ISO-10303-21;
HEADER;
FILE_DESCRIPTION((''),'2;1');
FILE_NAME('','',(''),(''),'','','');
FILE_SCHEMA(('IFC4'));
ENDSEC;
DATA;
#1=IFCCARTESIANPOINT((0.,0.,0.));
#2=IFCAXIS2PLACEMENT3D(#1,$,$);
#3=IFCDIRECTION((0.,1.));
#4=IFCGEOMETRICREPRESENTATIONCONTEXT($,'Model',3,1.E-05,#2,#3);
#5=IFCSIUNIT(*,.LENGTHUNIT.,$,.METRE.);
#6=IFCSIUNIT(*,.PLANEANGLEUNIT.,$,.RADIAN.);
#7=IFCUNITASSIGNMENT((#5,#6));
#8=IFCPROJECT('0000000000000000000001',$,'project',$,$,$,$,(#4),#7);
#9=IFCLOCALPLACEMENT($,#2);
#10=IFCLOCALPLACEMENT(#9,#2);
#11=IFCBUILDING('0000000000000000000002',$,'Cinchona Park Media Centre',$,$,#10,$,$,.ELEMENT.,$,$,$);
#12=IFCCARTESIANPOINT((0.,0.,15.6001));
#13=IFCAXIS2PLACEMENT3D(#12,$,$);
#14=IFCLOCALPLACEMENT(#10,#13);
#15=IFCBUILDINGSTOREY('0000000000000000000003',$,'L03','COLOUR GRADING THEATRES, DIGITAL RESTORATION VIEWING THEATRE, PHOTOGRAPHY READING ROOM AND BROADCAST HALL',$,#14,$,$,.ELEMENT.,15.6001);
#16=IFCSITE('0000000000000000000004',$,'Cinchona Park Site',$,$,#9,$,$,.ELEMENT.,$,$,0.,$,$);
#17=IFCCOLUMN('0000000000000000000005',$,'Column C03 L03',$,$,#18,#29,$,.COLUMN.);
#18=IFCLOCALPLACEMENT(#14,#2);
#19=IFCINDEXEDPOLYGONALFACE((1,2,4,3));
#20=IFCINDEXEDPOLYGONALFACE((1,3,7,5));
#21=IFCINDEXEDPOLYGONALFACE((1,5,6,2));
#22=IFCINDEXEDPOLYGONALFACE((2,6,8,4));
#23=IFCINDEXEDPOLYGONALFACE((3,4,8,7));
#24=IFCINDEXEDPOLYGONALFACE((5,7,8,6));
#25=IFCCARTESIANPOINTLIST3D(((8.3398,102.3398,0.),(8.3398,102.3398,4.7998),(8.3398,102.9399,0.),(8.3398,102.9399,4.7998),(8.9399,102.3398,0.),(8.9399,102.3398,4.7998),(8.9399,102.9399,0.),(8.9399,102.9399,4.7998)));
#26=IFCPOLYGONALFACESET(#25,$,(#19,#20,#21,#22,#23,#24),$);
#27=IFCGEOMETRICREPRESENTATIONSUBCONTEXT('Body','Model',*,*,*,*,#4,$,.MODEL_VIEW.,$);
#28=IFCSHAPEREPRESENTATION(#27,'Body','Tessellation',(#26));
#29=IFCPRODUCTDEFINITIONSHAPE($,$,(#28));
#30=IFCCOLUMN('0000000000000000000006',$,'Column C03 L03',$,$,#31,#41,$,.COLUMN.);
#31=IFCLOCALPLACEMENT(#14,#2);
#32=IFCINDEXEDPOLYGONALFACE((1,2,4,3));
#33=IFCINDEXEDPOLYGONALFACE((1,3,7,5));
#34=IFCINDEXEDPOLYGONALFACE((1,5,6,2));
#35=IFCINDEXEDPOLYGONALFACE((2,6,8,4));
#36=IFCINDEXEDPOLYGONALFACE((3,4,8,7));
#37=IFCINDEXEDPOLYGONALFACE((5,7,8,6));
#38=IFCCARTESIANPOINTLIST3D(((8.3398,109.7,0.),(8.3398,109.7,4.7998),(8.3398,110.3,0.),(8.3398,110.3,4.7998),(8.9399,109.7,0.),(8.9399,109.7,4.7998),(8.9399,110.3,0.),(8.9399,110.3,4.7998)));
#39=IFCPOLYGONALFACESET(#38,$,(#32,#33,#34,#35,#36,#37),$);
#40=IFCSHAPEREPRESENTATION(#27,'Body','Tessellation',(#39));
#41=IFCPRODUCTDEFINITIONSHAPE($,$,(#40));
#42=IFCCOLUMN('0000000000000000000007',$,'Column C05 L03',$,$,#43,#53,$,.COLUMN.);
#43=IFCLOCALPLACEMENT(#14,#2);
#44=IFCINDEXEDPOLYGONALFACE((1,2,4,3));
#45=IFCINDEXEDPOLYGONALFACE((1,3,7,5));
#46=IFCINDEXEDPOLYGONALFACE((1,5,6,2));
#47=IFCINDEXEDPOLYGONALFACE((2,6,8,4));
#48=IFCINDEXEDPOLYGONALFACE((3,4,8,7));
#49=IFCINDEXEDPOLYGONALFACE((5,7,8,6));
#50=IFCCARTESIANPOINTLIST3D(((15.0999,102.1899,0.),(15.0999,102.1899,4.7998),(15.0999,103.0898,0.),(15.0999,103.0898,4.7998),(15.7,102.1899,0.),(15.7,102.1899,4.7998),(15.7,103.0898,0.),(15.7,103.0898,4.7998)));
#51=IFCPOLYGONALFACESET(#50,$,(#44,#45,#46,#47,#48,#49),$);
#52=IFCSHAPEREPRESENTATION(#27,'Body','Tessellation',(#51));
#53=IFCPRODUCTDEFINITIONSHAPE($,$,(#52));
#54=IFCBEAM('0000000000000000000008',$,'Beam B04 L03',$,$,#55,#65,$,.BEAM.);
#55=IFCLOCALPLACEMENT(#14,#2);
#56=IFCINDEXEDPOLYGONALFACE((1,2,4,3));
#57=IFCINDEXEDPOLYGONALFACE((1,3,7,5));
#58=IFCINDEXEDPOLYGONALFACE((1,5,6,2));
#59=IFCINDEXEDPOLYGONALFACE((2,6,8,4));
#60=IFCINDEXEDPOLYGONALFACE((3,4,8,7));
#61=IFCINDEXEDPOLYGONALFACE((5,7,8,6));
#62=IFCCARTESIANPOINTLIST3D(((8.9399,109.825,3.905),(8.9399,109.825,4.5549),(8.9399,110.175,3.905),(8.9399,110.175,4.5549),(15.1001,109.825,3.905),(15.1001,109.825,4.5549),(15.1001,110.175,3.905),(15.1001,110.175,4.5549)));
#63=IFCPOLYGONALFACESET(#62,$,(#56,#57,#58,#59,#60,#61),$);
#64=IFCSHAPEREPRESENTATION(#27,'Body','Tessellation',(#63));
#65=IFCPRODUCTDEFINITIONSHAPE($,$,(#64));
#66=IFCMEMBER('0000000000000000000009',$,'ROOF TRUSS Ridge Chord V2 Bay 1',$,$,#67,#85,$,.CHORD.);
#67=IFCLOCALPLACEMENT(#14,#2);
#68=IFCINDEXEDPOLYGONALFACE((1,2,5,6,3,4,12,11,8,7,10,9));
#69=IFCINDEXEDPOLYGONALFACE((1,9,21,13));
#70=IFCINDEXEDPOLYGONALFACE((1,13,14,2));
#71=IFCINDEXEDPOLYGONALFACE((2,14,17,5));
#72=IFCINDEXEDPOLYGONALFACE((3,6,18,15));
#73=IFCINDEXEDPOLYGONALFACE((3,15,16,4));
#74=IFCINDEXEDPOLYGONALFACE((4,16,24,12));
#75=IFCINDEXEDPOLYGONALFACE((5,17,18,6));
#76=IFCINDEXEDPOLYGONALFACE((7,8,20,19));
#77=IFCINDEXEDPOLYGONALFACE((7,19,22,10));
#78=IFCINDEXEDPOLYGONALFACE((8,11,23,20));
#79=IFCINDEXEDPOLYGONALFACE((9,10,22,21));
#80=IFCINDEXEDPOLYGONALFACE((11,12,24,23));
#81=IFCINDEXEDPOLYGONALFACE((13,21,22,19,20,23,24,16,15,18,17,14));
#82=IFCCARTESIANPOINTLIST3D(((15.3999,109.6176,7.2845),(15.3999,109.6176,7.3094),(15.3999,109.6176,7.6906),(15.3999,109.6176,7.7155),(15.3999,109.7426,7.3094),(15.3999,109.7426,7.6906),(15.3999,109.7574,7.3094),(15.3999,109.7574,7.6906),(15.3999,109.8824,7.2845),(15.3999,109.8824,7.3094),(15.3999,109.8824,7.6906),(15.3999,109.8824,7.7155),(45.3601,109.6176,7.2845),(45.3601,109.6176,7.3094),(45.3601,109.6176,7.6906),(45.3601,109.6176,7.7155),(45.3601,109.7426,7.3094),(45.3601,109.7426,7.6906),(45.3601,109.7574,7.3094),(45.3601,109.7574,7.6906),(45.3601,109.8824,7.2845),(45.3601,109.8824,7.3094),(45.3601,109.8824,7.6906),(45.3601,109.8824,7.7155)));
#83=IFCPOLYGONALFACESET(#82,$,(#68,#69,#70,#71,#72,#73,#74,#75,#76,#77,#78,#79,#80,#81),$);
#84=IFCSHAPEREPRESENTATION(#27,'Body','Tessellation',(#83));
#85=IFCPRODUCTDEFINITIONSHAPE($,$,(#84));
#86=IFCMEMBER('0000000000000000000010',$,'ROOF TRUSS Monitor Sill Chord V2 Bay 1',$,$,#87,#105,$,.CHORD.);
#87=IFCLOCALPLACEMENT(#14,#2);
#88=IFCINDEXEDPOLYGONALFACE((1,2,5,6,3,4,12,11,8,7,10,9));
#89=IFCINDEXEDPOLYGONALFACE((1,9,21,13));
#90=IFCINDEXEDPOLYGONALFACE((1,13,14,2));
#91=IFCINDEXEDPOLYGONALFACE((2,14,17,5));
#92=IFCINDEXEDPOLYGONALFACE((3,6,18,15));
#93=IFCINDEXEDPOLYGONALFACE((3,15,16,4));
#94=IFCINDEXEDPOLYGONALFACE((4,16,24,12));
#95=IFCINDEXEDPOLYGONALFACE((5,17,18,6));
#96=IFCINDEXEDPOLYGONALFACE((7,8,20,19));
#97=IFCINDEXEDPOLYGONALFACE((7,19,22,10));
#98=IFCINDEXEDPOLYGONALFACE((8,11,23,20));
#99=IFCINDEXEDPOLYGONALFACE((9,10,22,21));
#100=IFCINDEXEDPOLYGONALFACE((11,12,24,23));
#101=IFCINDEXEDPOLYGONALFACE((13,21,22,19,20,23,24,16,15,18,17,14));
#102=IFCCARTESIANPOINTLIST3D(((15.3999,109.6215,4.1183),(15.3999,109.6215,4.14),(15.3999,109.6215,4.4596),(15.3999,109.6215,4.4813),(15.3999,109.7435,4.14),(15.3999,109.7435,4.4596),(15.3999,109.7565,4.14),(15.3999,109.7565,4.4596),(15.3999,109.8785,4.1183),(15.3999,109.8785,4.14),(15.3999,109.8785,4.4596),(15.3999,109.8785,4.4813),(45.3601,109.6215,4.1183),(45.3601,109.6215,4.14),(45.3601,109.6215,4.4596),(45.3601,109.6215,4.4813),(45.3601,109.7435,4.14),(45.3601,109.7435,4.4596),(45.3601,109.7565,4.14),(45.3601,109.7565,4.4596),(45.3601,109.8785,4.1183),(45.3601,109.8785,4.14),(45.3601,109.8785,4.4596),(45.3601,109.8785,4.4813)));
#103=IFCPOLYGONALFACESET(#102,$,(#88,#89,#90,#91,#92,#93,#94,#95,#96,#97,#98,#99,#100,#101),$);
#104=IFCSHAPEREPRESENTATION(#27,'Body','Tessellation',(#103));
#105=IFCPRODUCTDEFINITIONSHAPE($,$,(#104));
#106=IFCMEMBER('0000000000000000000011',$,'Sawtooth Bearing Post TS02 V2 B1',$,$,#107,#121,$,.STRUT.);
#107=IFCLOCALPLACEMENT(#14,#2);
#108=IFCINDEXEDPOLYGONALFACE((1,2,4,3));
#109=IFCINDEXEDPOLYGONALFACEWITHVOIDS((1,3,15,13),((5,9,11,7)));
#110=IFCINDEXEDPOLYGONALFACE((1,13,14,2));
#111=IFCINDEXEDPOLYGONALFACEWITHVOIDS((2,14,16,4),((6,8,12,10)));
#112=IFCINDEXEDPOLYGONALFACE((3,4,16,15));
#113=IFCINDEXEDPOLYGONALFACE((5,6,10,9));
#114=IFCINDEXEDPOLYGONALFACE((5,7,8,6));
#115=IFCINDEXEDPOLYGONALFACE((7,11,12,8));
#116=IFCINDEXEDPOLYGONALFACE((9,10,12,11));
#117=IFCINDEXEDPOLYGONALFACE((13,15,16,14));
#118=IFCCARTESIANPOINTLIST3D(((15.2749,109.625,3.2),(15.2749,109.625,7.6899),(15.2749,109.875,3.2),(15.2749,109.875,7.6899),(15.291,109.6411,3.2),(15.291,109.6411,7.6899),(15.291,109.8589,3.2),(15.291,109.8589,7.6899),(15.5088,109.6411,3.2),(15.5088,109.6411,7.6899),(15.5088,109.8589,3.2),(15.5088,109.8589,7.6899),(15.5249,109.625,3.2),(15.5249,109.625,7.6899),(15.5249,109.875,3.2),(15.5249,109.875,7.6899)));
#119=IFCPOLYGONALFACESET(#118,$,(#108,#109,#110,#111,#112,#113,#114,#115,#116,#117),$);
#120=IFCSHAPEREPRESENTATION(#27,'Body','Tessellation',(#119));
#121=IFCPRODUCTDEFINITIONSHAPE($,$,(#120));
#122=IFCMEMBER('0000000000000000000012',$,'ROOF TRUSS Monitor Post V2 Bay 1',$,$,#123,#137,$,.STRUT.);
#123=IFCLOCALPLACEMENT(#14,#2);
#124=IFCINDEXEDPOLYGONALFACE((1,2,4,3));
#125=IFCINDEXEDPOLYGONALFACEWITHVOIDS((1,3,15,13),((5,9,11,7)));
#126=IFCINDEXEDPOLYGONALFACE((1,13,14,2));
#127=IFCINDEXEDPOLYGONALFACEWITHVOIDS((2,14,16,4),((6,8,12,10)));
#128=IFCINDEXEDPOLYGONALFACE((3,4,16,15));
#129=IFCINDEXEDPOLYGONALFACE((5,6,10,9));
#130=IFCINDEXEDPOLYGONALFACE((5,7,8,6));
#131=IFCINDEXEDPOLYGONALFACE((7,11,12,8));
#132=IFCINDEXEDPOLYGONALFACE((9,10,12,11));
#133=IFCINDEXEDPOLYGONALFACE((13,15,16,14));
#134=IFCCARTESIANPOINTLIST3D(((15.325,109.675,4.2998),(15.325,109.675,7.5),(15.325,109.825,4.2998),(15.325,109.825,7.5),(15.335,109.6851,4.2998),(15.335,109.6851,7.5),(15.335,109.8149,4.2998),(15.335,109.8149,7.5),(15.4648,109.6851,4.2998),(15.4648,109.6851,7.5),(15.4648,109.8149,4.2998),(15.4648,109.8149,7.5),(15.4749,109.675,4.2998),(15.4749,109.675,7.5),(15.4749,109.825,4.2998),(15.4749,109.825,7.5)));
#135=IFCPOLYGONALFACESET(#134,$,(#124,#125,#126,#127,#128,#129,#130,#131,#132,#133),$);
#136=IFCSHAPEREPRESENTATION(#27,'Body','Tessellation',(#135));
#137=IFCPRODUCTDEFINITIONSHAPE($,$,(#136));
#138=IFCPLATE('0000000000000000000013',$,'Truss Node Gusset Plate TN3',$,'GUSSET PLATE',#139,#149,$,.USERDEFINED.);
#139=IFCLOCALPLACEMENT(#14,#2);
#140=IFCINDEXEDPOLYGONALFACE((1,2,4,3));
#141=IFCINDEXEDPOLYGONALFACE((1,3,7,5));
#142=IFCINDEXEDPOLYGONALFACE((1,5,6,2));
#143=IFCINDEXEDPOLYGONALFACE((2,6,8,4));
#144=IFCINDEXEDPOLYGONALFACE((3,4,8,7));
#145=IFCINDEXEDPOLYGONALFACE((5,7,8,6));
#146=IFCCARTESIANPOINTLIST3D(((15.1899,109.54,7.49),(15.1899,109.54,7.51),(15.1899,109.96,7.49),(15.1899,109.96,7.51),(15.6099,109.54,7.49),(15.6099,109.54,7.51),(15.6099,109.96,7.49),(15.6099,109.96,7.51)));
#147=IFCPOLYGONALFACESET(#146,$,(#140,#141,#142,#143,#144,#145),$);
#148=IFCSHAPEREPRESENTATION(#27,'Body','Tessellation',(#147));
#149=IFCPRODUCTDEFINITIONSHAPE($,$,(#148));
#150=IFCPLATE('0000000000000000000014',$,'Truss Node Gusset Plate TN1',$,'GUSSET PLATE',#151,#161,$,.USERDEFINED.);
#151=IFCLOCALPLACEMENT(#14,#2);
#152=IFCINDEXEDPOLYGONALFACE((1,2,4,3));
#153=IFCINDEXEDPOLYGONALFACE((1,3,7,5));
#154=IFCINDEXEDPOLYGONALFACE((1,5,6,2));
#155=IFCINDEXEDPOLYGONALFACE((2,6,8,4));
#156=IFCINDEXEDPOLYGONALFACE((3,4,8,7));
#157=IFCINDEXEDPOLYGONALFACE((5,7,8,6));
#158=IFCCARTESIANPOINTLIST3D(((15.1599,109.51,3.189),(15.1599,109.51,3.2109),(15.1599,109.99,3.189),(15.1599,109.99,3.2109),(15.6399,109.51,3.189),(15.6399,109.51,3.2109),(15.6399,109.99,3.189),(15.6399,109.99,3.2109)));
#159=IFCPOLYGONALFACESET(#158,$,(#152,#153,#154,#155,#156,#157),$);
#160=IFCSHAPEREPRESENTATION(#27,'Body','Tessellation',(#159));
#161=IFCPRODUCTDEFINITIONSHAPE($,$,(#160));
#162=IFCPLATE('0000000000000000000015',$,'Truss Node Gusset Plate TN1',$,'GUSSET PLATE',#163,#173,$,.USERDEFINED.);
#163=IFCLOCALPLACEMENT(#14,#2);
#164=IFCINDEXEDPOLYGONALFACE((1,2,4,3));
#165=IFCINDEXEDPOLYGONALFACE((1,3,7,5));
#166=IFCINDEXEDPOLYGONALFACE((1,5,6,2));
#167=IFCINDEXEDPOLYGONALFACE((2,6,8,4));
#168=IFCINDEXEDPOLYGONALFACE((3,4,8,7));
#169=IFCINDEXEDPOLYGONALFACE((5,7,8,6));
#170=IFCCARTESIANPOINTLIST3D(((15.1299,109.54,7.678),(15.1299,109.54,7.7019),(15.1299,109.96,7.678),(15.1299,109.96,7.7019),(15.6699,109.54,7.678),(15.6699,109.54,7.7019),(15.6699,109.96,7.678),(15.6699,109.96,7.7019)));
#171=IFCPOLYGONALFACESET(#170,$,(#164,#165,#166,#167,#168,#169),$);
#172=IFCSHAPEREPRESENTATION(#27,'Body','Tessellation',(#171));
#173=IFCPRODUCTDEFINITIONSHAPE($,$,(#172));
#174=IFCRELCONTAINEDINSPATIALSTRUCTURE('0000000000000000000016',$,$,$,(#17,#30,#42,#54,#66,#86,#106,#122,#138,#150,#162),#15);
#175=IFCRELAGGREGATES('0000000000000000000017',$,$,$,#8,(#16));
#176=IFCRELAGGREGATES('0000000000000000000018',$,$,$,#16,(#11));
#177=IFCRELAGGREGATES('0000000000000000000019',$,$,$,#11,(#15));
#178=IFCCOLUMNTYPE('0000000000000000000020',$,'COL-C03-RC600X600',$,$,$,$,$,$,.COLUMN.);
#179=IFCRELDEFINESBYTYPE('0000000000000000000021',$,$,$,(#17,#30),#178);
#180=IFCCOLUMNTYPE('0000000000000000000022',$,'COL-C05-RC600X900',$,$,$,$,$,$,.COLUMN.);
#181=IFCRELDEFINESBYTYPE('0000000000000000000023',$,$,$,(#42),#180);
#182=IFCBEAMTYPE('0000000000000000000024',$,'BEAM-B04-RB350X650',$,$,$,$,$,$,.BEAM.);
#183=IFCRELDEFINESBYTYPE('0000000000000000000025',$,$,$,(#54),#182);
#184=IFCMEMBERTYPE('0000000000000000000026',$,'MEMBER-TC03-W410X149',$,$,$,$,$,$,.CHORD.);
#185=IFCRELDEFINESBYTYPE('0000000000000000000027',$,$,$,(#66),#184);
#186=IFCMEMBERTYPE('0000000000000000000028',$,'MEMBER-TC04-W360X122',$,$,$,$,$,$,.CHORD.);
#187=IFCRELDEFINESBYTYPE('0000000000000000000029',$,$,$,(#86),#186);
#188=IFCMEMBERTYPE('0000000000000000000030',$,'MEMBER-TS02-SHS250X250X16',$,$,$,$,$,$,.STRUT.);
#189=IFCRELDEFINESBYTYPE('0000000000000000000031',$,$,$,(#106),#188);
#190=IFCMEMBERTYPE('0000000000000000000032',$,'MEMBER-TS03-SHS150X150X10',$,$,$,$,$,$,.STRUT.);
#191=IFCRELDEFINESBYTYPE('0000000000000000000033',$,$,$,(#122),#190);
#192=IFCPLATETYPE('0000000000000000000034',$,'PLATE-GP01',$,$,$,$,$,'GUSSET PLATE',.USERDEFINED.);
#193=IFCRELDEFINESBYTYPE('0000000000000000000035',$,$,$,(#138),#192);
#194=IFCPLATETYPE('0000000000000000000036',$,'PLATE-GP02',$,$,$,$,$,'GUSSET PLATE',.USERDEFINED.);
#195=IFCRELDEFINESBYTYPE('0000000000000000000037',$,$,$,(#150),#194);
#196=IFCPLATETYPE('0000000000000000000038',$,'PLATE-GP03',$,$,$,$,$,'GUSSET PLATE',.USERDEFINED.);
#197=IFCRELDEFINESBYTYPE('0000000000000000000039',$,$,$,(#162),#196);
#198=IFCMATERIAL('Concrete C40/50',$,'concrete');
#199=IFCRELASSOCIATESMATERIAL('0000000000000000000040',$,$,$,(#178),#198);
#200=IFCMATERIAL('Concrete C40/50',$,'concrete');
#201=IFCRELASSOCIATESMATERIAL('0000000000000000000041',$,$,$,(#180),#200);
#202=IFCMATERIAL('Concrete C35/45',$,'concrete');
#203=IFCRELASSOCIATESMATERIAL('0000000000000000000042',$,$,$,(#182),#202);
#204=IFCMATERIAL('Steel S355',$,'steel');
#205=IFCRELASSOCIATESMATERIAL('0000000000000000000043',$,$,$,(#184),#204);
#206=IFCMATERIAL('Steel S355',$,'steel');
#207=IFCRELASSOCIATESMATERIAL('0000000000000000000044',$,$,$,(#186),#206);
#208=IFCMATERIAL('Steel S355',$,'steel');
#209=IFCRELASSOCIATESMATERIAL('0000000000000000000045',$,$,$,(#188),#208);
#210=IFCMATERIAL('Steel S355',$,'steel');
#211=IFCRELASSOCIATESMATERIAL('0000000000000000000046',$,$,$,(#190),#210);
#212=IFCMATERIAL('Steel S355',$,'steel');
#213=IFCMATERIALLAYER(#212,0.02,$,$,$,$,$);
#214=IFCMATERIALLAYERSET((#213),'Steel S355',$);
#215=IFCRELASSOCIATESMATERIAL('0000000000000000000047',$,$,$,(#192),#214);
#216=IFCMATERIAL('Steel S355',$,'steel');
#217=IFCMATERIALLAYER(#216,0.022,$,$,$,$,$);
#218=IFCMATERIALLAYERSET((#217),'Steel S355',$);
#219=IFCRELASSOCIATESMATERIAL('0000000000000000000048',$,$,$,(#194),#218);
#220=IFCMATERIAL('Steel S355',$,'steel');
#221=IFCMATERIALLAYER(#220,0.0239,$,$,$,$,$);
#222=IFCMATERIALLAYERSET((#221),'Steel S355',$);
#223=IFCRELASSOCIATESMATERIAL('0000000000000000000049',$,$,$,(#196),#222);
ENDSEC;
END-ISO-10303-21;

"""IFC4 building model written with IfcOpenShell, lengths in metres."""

from ifc_helpers import new_model, si_unit, direction, frame, origin, origin_2d, place, context, subcontext, project, spatial, rectangle, hollow_rectangle, i_section, extrude, material, layer, layer_set, material_profile, profile_set, type_object, element, save


model = new_model("IFC4")

# Units and contexts
model_context = context("Model", 3, precision=1e-05, world=origin(), true_north=direction((0.0, 1.0)))
body_context = subcontext(model_context, "Body", "Model", "MODEL_VIEW")
ifc_project = project(units=[si_unit("LENGTHUNIT", "METRE"), si_unit("PLANEANGLEUNIT", "RADIAN")], contexts=[model_context])

# Site, building, storey
site_placement = place(None, origin())
site = spatial("IfcSite", under=ifc_project, at=site_placement, Name="Cinchona Park Site", CompositionType="ELEMENT", RefElevation=0.0)
building_placement = place(site_placement, origin())
building = spatial("IfcBuilding", under=site, at=building_placement, Name="Cinchona Park Media Centre", CompositionType="ELEMENT")
storey_placement = place(building_placement, frame((0.0, 0.0, 15.6001)))
storey = spatial("IfcBuildingStorey", under=building, at=storey_placement, Name="L03", Description="COLOUR GRADING THEATRES, DIGITAL RESTORATION VIEWING THEATRE, PHOTOGRAPHY READING ROOM AND BROADCAST HALL", CompositionType="ELEMENT", Elevation=15.6001)

# Columns
ifc_material_1 = material(Name="Concrete C40/50", Category="concrete")
ifc_material_profile_1 = material_profile(ifc_material_1, rectangle(XDim=0.6001, YDim=0.6001, at=origin_2d()), Name="RC 600X600")
ifc_profile_set_1 = profile_set([ifc_material_profile_1], Name="Concrete C40/50")
column_type_1 = type_object("IfcColumnType", Name="COL-C03-RC600X600", PredefinedType="COLUMN", material=ifc_profile_set_1)
for number, where, z_axis, x_axis, name in (
    (1, (8.6399, 102.6399, 0.0), (0.0, 0.0, 1.0), (1.0, 0.0, 0.0), "Column C03 L03"),
    (2, (8.6399, 110.0, 0.0), (0.0, 0.0, 1.0), (1.0, 0.0, 0.0), "Column C03 L03"),
):
    element("IfcColumn", number, at=place(storey_placement, frame(where, z_axis=z_axis, x_axis=x_axis)), inside=storey, type_object=column_type_1, Name=name, PredefinedType="COLUMN", context=body_context, shape_type="SweptSolid", body=[
        extrude(rectangle(XDim=0.6001, YDim=0.6001, at=origin_2d()), origin(), (0.0, 0.0, 1.0), 4.7998),
    ])
ifc_material_2 = material(Name="Concrete C40/50", Category="concrete")
ifc_material_profile_2 = material_profile(ifc_material_2, rectangle(XDim=0.6001, YDim=0.8999, at=origin_2d()), Name="RC 600X900")
ifc_profile_set_2 = profile_set([ifc_material_profile_2], Name="Concrete C40/50")
column_type_2 = type_object("IfcColumnType", Name="COL-C05-RC600X900", PredefinedType="COLUMN", material=ifc_profile_set_2)
column_placement = place(storey_placement, frame((15.3999, 102.6399, 0.0), z_axis=(0.0, 0.0, 1.0), x_axis=(1.0, 0.0, 0.0)))
element("IfcColumn", 3, at=column_placement, inside=storey, type_object=column_type_2, Name="Column C05 L03", PredefinedType="COLUMN", context=body_context, shape_type="SweptSolid", body=[
    extrude(rectangle(XDim=0.6001, YDim=0.8999, at=origin_2d()), origin(), (0.0, 0.0, 1.0), 4.7998),
])

# Beam
ifc_material_3 = material(Name="Concrete C35/45", Category="concrete")
ifc_material_profile_3 = material_profile(ifc_material_3, rectangle(XDim=0.3501, YDim=0.6499, at=origin_2d()), Name="RB 350X650")
ifc_profile_set_3 = profile_set([ifc_material_profile_3], Name="Concrete C35/45")
beam_type = type_object("IfcBeamType", Name="BEAM-B04-RB350X650", PredefinedType="BEAM", material=ifc_profile_set_3)
beam_placement = place(storey_placement, frame((8.9399, 110.0, 4.23), z_axis=(1.0, 0.0, 0.0), x_axis=(0.0, 1.0, 0.0)))
element("IfcBeam", 4, at=beam_placement, inside=storey, type_object=beam_type, Name="Beam B04 L03", PredefinedType="BEAM", context=body_context, shape_type="SweptSolid", body=[
    extrude(rectangle(XDim=0.3501, YDim=0.6499, at=origin_2d()), origin(), (0.0, 0.0, 1.0), 6.1602),
])

# Members
ifc_material_4 = material(Name="Steel S355", Category="steel")
ifc_material_profile_4 = material_profile(ifc_material_4, i_section(OverallWidth=0.2649, OverallDepth=0.4309, WebThickness=0.0149, FlangeThickness=0.0249, at=origin_2d()), Name="W410X149")
ifc_profile_set_4 = profile_set([ifc_material_profile_4], Name="Steel S355")
member_type_1 = type_object("IfcMemberType", Name="MEMBER-TC03-W410X149", PredefinedType="CHORD", material=ifc_profile_set_4)
member_1_placement = place(storey_placement, frame((15.3999, 109.75, 7.5), z_axis=(1.0, 0.0, 0.0), x_axis=(0.0, 1.0, 0.0)))
element("IfcMember", 5, at=member_1_placement, inside=storey, type_object=member_type_1, Name="ROOF TRUSS Ridge Chord V2 Bay 1", PredefinedType="CHORD", context=body_context, shape_type="SweptSolid", body=[
    extrude(i_section(OverallWidth=0.2649, OverallDepth=0.4309, WebThickness=0.0149, FlangeThickness=0.0249, at=origin_2d()), origin(), (0.0, 0.0, 1.0), 29.9602),
])
ifc_material_5 = material(Name="Steel S355", Category="steel")
ifc_material_profile_5 = material_profile(ifc_material_5, i_section(OverallWidth=0.2571, OverallDepth=0.363, WebThickness=0.0129, FlangeThickness=0.0217, at=origin_2d()), Name="W360X122")
ifc_profile_set_5 = profile_set([ifc_material_profile_5], Name="Steel S355")
member_type_2 = type_object("IfcMemberType", Name="MEMBER-TC04-W360X122", PredefinedType="CHORD", material=ifc_profile_set_5)
member_2_placement = place(storey_placement, frame((15.3999, 109.75, 4.2998), z_axis=(1.0, 0.0, 0.0), x_axis=(0.0, 1.0, 0.0)))
element("IfcMember", 6, at=member_2_placement, inside=storey, type_object=member_type_2, Name="ROOF TRUSS Monitor Sill Chord V2 Bay 1", PredefinedType="CHORD", context=body_context, shape_type="SweptSolid", body=[
    extrude(i_section(OverallWidth=0.2571, OverallDepth=0.363, WebThickness=0.0129, FlangeThickness=0.0217, at=origin_2d()), origin(), (0.0, 0.0, 1.0), 29.9602),
])
ifc_material_6 = material(Name="Steel S355", Category="steel")
ifc_material_profile_6 = material_profile(ifc_material_6, hollow_rectangle(XDim=0.25, YDim=0.25, WallThickness=0.0161, at=origin_2d()), Name="250X250X16SHS")
ifc_profile_set_6 = profile_set([ifc_material_profile_6], Name="Steel S355")
member_type_3 = type_object("IfcMemberType", Name="MEMBER-TS02-SHS250X250X16", PredefinedType="STRUT", material=ifc_profile_set_6)
member_3_placement = place(storey_placement, frame((15.3999, 109.75, 3.2), z_axis=(0.0, 0.0, 1.0), x_axis=(1.0, 0.0, 0.0)))
element("IfcMember", 7, at=member_3_placement, inside=storey, type_object=member_type_3, Name="Sawtooth Bearing Post TS02 V2 B1", PredefinedType="STRUT", context=body_context, shape_type="SweptSolid", body=[
    extrude(hollow_rectangle(XDim=0.25, YDim=0.25, WallThickness=0.0161, at=origin_2d()), origin(), (0.0, 0.0, 1.0), 4.49),
])
ifc_material_7 = material(Name="Steel S355", Category="steel")
ifc_material_profile_7 = material_profile(ifc_material_7, hollow_rectangle(XDim=0.1499, YDim=0.1499, WallThickness=0.01, at=origin_2d()), Name="150X150X10SHS")
ifc_profile_set_7 = profile_set([ifc_material_profile_7], Name="Steel S355")
member_type_4 = type_object("IfcMemberType", Name="MEMBER-TS03-SHS150X150X10", PredefinedType="STRUT", material=ifc_profile_set_7)
member_4_placement = place(storey_placement, frame((15.3999, 109.75, 4.2998), z_axis=(0.0, 0.0, 1.0), x_axis=(1.0, 0.0, 0.0)))
element("IfcMember", 8, at=member_4_placement, inside=storey, type_object=member_type_4, Name="ROOF TRUSS Monitor Post V2 Bay 1", PredefinedType="STRUT", context=body_context, shape_type="SweptSolid", body=[
    extrude(hollow_rectangle(XDim=0.1499, YDim=0.1499, WallThickness=0.01, at=origin_2d()), origin(), (0.0, 0.0, 1.0), 3.2002),
])

# Plates
ifc_material_8 = material(Name="Steel S355", Category="steel")
ifc_layer_1 = layer(ifc_material_8, 0.02)
ifc_layer_set_1 = layer_set([ifc_layer_1], Name="Steel S355")
plate_type_1 = type_object("IfcPlateType", Name="PLATE-GP01", ElementType="GUSSET PLATE", PredefinedType="USERDEFINED", material=ifc_layer_set_1)
plate_1_placement = place(storey_placement, frame((15.3999, 109.75, 7.49), z_axis=(0.0, 0.0, 1.0), x_axis=(1.0, 0.0, 0.0)))
element("IfcPlate", 9, at=plate_1_placement, inside=storey, type_object=plate_type_1, Name="Truss Node Gusset Plate TN3", ObjectType="GUSSET PLATE", PredefinedType="USERDEFINED", context=body_context, shape_type="SweptSolid", body=[
    extrude(rectangle(XDim=0.4199, YDim=0.4199, at=origin_2d()), origin(), (0.0, 0.0, 1.0), 0.02),
])
ifc_material_9 = material(Name="Steel S355", Category="steel")
ifc_layer_2 = layer(ifc_material_9, 0.022)
ifc_layer_set_2 = layer_set([ifc_layer_2], Name="Steel S355")
plate_type_2 = type_object("IfcPlateType", Name="PLATE-GP02", ElementType="GUSSET PLATE", PredefinedType="USERDEFINED", material=ifc_layer_set_2)
plate_2_placement = place(storey_placement, frame((15.3999, 109.75, 3.189), z_axis=(0.0, 0.0, 1.0), x_axis=(1.0, 0.0, 0.0)))
element("IfcPlate", 10, at=plate_2_placement, inside=storey, type_object=plate_type_2, Name="Truss Node Gusset Plate TN1", ObjectType="GUSSET PLATE", PredefinedType="USERDEFINED", context=body_context, shape_type="SweptSolid", body=[
    extrude(rectangle(XDim=0.48, YDim=0.48, at=origin_2d()), origin(), (0.0, 0.0, 1.0), 0.022),
])
ifc_material_10 = material(Name="Steel S355", Category="steel")
ifc_layer_3 = layer(ifc_material_10, 0.0239)
ifc_layer_set_3 = layer_set([ifc_layer_3], Name="Steel S355")
plate_type_3 = type_object("IfcPlateType", Name="PLATE-GP03", ElementType="GUSSET PLATE", PredefinedType="USERDEFINED", material=ifc_layer_set_3)
plate_3_placement = place(storey_placement, frame((15.3999, 109.75, 7.678), z_axis=(0.0, 0.0, 1.0), x_axis=(1.0, 0.0, 0.0)))
element("IfcPlate", 11, at=plate_3_placement, inside=storey, type_object=plate_type_3, Name="Truss Node Gusset Plate TN1", ObjectType="GUSSET PLATE", PredefinedType="USERDEFINED", context=body_context, shape_type="SweptSolid", body=[
    extrude(rectangle(XDim=0.54, YDim=0.4199, at=origin_2d()), origin(), (0.0, 0.0, 1.0), 0.0239),
])

save(model, "model.ifc")
